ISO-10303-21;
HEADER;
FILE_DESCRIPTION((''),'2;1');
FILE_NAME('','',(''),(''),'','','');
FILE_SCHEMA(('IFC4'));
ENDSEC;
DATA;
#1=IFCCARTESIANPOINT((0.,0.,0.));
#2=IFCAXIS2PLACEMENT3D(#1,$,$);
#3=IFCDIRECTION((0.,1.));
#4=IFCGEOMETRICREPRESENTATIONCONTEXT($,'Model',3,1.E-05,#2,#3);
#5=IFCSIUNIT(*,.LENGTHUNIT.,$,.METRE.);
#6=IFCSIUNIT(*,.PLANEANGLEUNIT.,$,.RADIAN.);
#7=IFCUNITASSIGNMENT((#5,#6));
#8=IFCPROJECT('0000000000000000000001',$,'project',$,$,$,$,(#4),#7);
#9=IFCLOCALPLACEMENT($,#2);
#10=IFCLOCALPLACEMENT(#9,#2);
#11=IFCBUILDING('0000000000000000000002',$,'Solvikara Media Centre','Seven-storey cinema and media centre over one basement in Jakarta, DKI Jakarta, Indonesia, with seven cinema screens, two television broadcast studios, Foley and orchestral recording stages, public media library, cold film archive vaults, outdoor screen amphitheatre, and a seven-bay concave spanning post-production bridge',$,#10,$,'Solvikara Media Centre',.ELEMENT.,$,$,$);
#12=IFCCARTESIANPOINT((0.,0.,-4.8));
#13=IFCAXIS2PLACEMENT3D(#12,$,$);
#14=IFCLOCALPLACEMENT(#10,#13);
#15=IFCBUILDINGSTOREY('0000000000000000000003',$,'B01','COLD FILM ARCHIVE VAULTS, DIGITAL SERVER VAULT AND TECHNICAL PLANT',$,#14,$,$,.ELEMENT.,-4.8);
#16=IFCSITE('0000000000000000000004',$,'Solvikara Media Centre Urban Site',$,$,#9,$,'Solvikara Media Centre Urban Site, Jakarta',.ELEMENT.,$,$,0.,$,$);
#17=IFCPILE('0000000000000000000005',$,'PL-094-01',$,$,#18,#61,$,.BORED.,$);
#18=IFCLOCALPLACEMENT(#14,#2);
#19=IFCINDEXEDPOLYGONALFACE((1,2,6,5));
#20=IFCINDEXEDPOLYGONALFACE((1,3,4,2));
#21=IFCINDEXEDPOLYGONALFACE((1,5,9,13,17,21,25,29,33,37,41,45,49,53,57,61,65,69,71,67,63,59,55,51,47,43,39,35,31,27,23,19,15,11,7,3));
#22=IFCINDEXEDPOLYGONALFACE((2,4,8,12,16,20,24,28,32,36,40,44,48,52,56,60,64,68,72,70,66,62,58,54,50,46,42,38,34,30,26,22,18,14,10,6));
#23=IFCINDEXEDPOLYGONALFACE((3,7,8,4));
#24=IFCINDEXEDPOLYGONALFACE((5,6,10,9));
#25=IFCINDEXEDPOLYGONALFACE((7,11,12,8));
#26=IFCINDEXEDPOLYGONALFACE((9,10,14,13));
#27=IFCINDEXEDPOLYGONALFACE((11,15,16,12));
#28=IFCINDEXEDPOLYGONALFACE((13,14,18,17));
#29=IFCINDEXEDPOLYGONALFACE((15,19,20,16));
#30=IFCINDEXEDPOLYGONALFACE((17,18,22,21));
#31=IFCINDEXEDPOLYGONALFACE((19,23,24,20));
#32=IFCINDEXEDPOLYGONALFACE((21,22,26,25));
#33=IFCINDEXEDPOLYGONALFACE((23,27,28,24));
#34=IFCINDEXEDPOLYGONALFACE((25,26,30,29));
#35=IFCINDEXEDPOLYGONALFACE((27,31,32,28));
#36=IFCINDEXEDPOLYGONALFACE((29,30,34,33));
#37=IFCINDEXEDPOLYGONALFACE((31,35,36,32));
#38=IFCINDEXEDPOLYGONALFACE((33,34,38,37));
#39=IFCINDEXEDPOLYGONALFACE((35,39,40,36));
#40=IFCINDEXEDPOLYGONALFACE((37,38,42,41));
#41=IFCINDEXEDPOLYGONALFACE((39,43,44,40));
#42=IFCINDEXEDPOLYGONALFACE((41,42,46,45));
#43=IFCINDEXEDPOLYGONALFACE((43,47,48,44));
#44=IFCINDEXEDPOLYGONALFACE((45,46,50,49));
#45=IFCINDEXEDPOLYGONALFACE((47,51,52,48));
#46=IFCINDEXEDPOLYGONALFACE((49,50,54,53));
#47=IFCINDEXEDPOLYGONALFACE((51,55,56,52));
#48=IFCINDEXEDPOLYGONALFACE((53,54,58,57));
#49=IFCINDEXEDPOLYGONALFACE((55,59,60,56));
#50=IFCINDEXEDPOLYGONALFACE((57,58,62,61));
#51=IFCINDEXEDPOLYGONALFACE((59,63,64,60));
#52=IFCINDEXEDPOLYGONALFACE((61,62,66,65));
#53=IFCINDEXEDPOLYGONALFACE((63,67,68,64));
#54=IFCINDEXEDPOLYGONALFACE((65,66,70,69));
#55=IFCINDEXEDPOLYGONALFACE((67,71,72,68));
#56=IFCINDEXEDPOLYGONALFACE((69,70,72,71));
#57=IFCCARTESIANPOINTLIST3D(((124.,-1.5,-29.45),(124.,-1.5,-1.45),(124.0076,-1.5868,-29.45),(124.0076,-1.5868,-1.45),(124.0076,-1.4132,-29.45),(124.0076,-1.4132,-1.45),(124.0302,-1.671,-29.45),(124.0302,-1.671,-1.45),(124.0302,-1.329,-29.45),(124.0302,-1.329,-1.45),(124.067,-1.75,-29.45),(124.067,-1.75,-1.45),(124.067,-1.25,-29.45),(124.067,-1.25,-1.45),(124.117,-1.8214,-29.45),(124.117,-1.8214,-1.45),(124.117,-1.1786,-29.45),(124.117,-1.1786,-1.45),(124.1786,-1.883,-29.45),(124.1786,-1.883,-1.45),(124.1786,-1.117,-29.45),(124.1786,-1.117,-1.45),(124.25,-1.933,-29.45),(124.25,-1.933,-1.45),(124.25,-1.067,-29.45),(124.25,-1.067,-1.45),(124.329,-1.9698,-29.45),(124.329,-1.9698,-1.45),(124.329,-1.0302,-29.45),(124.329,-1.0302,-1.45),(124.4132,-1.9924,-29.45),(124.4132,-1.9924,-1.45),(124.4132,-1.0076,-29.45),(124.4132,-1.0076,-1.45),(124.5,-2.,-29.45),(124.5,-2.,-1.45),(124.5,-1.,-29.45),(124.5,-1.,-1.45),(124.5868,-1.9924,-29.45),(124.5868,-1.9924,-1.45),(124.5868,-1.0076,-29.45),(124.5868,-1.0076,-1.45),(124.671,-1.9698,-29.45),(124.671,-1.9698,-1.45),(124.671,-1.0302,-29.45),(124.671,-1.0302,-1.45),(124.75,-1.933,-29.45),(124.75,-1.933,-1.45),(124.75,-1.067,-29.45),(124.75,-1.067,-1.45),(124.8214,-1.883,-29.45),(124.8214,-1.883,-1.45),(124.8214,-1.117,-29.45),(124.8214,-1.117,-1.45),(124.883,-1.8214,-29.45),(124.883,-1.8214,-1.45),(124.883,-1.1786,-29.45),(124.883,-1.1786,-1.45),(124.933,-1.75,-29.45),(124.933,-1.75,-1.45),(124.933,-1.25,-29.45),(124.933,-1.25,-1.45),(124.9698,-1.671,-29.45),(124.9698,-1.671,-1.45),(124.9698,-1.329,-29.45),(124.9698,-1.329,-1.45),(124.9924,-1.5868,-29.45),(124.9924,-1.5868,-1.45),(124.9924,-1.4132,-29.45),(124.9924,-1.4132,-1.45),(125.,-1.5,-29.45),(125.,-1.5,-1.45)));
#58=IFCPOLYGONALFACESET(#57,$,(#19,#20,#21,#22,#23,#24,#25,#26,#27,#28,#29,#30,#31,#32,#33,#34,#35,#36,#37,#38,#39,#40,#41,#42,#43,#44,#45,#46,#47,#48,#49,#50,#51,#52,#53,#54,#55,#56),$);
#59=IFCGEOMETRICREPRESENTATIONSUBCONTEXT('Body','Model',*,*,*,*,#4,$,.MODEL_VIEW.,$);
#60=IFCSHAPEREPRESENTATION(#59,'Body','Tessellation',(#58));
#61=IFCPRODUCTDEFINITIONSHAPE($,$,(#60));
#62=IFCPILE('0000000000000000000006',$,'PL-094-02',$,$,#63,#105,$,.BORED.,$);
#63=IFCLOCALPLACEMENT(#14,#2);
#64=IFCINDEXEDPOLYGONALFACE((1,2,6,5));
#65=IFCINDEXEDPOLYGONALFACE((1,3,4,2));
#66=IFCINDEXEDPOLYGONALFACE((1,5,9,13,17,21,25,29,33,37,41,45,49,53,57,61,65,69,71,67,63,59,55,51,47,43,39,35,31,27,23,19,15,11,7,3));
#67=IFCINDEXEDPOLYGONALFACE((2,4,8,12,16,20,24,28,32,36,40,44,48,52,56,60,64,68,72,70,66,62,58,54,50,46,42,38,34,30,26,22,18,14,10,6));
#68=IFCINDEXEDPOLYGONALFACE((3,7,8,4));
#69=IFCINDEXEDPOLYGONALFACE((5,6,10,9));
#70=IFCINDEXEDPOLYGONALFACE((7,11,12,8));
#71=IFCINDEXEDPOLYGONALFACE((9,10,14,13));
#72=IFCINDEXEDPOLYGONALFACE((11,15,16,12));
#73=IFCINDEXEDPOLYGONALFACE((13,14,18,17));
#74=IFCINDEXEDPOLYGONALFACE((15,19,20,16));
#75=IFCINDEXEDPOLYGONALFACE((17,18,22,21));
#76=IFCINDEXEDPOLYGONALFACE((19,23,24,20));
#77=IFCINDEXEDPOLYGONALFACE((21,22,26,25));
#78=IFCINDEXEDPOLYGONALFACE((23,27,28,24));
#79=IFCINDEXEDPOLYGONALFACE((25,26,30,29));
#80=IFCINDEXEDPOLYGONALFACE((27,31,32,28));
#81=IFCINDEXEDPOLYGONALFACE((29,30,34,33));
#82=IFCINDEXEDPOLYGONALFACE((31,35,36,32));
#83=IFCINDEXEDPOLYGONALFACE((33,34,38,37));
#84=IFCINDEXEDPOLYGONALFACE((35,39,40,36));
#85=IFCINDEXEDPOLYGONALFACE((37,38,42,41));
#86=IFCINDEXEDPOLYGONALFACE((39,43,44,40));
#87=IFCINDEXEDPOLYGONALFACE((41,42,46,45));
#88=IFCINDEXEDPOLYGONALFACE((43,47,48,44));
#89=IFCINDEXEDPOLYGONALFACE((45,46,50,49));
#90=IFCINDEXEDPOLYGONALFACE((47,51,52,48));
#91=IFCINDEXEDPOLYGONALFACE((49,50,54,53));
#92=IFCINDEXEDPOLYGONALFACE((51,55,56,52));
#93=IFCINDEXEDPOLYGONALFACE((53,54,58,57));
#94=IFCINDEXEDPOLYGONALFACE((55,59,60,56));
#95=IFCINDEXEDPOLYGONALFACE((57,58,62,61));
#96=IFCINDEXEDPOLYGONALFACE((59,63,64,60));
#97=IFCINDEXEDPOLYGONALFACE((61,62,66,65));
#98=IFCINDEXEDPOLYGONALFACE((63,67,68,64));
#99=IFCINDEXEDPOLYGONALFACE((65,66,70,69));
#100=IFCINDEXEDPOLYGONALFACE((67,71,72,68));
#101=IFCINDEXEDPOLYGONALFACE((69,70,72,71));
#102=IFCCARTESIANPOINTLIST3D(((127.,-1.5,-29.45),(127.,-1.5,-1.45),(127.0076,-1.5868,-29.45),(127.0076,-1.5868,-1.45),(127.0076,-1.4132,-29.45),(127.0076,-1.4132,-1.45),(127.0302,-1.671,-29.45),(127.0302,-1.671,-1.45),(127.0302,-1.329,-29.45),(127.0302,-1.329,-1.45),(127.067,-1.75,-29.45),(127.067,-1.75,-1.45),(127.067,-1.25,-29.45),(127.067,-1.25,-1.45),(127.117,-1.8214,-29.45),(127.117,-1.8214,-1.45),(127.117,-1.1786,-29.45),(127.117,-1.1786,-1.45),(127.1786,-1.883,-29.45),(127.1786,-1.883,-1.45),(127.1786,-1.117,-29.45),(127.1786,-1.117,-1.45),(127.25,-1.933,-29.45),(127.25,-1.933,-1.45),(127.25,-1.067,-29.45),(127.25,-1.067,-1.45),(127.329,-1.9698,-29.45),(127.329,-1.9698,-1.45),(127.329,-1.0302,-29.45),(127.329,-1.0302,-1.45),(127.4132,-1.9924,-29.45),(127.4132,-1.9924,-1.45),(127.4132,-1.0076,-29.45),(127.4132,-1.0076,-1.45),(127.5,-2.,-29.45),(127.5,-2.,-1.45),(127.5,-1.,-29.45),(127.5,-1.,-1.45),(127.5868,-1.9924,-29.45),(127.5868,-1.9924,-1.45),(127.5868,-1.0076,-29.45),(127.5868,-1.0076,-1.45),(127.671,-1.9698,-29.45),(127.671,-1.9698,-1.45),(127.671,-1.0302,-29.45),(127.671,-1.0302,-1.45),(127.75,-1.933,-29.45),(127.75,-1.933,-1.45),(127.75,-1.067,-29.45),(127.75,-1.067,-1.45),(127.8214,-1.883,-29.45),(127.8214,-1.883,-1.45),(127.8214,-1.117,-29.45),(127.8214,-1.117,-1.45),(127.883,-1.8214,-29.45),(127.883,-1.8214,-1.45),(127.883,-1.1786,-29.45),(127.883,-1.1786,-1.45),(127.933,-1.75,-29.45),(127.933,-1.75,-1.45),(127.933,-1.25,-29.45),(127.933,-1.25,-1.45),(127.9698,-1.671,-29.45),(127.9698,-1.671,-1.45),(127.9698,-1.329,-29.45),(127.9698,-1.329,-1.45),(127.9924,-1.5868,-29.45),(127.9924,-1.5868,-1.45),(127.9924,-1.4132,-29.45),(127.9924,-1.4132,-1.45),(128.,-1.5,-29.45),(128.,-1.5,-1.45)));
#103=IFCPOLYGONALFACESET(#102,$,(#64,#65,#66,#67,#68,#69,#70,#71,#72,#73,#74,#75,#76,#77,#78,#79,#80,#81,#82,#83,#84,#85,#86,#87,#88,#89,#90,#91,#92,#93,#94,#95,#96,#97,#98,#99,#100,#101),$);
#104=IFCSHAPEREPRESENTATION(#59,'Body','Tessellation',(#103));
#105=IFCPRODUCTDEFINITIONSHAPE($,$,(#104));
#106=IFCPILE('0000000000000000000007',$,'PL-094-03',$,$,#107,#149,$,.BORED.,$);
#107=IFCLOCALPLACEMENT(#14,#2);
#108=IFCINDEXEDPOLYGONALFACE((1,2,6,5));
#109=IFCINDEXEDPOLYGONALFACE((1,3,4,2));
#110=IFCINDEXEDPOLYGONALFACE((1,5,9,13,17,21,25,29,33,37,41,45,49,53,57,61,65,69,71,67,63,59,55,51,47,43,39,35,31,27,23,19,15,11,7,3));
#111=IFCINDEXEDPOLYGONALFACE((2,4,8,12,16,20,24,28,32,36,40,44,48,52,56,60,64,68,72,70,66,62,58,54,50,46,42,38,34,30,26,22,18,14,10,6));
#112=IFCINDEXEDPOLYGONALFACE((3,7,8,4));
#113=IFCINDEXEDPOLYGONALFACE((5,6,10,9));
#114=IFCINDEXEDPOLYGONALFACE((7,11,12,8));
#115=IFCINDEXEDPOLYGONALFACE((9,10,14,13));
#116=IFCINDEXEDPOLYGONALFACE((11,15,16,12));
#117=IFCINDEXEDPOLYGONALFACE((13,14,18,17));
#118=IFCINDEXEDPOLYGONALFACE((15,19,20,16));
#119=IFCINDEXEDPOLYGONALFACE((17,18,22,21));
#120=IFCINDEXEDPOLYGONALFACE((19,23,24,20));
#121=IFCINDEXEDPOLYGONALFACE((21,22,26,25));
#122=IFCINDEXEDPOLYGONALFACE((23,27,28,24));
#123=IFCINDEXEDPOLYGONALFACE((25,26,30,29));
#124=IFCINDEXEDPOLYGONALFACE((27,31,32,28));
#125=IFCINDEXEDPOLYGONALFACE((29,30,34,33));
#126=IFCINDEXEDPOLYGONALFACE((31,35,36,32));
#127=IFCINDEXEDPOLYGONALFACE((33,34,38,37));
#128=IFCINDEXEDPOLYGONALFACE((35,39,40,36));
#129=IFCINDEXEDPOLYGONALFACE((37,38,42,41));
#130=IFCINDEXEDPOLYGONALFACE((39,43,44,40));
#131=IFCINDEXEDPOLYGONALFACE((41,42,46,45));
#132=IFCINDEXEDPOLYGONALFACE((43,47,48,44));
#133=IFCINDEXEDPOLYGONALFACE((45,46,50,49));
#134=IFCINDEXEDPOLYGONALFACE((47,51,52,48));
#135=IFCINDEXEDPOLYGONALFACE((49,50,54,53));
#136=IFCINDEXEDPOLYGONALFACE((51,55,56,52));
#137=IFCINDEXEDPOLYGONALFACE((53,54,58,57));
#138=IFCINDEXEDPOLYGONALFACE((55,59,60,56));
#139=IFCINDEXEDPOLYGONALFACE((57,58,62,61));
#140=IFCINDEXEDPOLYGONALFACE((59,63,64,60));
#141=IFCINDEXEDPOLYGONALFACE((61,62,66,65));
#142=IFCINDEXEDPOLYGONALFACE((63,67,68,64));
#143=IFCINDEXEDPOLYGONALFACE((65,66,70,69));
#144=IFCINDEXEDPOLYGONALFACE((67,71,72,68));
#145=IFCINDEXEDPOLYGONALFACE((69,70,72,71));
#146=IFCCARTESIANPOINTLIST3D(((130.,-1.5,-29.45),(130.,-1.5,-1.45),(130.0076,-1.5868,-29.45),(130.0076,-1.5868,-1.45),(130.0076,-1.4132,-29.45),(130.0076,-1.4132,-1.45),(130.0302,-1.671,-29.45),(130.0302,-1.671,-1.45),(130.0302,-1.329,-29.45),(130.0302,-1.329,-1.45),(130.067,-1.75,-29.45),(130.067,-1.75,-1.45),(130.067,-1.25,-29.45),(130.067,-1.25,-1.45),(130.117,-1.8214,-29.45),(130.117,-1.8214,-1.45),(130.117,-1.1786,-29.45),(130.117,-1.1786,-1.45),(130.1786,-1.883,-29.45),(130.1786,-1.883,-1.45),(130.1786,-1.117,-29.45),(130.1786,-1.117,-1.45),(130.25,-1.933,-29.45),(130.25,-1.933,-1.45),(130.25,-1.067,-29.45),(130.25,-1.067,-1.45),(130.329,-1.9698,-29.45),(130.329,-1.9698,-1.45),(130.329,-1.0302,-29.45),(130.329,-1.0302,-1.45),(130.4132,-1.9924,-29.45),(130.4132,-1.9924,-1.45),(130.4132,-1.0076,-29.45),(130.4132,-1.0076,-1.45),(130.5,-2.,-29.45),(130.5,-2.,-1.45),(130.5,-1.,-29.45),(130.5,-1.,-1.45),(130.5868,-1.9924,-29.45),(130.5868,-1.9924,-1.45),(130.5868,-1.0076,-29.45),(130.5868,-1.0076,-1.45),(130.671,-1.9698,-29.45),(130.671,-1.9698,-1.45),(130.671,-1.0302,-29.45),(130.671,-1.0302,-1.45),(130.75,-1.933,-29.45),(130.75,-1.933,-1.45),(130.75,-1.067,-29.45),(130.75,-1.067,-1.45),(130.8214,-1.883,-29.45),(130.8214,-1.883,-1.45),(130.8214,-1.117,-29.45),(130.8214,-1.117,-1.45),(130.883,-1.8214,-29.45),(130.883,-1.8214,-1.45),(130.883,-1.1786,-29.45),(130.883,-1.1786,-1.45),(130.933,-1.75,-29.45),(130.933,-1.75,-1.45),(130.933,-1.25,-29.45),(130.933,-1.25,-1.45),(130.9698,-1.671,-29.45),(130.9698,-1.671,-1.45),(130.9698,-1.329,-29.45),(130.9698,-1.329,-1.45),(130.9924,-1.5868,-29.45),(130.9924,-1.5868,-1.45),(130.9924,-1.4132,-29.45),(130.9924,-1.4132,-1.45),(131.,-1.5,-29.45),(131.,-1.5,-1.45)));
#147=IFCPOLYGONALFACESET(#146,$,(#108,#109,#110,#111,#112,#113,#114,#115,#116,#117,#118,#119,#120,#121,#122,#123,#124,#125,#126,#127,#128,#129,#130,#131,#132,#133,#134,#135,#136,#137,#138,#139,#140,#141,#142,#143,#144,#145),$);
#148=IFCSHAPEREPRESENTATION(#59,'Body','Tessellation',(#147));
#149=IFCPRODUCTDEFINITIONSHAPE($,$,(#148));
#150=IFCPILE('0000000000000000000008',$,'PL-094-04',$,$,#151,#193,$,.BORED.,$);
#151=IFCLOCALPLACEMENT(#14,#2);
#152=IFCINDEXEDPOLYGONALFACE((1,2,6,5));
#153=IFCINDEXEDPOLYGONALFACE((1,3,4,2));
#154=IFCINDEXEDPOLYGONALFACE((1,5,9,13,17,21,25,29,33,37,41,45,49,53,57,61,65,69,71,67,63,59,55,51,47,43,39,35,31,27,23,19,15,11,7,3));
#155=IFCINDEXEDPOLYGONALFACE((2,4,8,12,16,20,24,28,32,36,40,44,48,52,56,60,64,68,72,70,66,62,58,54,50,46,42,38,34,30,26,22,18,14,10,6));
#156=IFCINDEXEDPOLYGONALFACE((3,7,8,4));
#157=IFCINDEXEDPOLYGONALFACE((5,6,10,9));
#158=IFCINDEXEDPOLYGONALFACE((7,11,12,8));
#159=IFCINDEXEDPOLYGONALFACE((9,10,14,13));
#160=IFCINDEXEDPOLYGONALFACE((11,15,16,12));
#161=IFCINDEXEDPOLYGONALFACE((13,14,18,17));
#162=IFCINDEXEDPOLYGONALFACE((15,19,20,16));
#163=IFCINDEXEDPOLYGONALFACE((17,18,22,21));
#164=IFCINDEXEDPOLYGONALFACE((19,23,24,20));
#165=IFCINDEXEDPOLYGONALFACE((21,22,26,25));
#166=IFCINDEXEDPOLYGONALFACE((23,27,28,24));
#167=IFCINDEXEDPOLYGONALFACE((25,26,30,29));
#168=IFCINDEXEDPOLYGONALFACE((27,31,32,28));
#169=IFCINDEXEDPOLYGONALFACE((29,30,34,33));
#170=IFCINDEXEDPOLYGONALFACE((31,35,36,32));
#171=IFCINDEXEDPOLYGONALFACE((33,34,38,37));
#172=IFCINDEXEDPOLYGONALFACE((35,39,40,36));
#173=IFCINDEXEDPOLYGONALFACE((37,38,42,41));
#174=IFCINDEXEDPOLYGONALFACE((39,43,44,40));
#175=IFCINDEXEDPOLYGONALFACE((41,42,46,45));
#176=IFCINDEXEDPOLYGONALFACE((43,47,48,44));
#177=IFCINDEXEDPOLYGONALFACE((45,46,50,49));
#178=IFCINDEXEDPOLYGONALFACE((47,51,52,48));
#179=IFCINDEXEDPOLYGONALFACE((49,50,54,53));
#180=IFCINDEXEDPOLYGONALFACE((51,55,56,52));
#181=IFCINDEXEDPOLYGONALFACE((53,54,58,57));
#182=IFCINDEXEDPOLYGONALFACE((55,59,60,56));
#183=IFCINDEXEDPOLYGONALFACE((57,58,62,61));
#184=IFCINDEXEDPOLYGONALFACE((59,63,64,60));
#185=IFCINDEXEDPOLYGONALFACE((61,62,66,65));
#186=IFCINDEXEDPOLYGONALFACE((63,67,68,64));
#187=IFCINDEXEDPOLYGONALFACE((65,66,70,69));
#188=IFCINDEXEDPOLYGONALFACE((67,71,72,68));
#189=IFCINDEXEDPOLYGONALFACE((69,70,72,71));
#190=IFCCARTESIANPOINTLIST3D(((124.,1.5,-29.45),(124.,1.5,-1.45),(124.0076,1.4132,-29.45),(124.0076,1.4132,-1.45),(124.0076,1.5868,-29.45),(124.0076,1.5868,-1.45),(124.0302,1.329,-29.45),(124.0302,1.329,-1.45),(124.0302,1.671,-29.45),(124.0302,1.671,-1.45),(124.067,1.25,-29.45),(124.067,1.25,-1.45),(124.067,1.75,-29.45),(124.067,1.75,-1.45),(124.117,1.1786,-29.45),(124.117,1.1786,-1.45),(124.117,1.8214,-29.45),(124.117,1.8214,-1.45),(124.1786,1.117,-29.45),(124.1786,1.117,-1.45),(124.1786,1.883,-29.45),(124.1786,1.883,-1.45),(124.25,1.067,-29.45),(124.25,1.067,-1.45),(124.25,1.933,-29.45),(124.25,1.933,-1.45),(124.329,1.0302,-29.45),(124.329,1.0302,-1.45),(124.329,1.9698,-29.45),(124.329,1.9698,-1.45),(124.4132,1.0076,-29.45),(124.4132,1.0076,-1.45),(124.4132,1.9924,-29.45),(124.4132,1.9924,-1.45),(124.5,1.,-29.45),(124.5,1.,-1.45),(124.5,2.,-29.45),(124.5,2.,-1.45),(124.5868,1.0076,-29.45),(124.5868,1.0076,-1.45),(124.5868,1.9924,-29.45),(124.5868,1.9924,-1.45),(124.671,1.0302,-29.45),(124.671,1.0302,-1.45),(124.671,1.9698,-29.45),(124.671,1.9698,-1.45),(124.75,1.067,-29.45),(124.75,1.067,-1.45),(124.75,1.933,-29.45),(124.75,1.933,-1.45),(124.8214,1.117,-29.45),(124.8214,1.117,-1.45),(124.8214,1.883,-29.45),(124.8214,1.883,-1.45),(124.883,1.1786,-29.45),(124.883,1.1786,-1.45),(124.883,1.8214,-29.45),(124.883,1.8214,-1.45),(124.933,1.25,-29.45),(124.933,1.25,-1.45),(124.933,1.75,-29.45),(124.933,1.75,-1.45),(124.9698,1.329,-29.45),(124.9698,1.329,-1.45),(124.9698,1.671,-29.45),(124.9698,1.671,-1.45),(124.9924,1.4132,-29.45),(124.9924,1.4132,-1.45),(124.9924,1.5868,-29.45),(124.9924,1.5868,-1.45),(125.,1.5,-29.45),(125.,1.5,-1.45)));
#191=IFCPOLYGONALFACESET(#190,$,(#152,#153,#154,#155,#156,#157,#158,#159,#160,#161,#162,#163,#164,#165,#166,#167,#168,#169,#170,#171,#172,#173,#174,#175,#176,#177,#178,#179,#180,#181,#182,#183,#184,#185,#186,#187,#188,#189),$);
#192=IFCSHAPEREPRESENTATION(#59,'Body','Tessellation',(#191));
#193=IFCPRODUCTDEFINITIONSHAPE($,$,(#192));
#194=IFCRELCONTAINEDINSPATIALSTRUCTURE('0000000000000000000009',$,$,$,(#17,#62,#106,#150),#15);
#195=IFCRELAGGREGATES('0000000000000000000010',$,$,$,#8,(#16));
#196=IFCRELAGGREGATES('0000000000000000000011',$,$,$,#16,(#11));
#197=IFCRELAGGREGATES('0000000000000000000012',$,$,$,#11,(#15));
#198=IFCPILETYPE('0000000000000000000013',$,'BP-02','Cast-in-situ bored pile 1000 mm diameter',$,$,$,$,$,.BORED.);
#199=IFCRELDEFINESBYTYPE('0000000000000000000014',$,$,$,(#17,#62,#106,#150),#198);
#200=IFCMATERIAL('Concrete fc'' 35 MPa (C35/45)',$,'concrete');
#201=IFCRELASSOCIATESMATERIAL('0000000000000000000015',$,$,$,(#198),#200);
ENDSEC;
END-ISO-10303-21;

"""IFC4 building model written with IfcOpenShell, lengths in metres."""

from ifc_helpers import new_model, si_unit, direction, frame, origin, origin_2d, place, context, subcontext, project, spatial, circle, extrude, material, material_profile, profile_set, type_object, element, save


model = new_model("IFC4")

# Units and contexts
model_context = context("Model", 3, precision=1e-05, world=origin(), true_north=direction((0.0, 1.0)))
body_context = subcontext(model_context, "Body", "Model", "MODEL_VIEW")
ifc_project = project(units=[si_unit("LENGTHUNIT", "METRE"), si_unit("PLANEANGLEUNIT", "RADIAN")], contexts=[model_context])

# Site, building, storey
site_placement = place(None, origin())
site = spatial("IfcSite", under=ifc_project, at=site_placement, Name="Solvikara Media Centre Urban Site", LongName="Solvikara Media Centre Urban Site, Jakarta", CompositionType="ELEMENT", RefElevation=0.0)
building_placement = place(site_placement, origin())
building = spatial("IfcBuilding", under=site, at=building_placement, Name="Solvikara Media Centre", Description="Seven-storey cinema and media centre over one basement in Jakarta, DKI Jakarta, Indonesia, with seven cinema screens, two television broadcast studios, Foley and orchestral recording stages, public media library, cold film archive vaults, outdoor screen amphitheatre, and a seven-bay concave spanning post-production bridge", LongName="Solvikara Media Centre", CompositionType="ELEMENT")
storey_placement = place(building_placement, frame((0.0, 0.0, -4.8)))
storey = spatial("IfcBuildingStorey", under=building, at=storey_placement, Name="B01", Description="COLD FILM ARCHIVE VAULTS, DIGITAL SERVER VAULT AND TECHNICAL PLANT", CompositionType="ELEMENT", Elevation=-4.8)

# Piles
ifc_material_1 = material(Name="Concrete fc' 35 MPa (C35/45)", Category="concrete")
ifc_material_profile_1 = material_profile(ifc_material_1, circle(Radius=0.5, at=origin_2d()), Name="BORED PILE D1000")
ifc_profile_set_1 = profile_set([ifc_material_profile_1], Name="Concrete fc' 35 MPa (C35/45)")
pile_type = type_object("IfcPileType", Name="BP-02", Description="Cast-in-situ bored pile 1000 mm diameter", PredefinedType="BORED", material=ifc_profile_set_1)
for number, where, z_axis, x_axis, name in (
    (1, (124.5, -1.5, -1.45), (0.0, 0.0, -1.0), (1.0, 0.0, 0.0), "PL-094-01"),
    (2, (127.5, -1.5, -1.45), (0.0, 0.0, -1.0), (1.0, 0.0, 0.0), "PL-094-02"),
    (3, (130.5, -1.5, -1.45), (0.0, 0.0, -1.0), (1.0, 0.0, 0.0), "PL-094-03"),
    (4, (124.5, 1.5, -1.45), (0.0, 0.0, -1.0), (1.0, 0.0, 0.0), "PL-094-04"),
):
    element("IfcPile", number, at=place(storey_placement, frame(where, z_axis=z_axis, x_axis=x_axis)), inside=storey, type_object=pile_type, Name=name, PredefinedType="BORED", context=body_context, shape_type="SweptSolid", body=[
        extrude(circle(Radius=0.5, at=origin_2d()), origin(), (0.0, 0.0, 1.0), 28.0),
    ])

save(model, "model.ifc")
